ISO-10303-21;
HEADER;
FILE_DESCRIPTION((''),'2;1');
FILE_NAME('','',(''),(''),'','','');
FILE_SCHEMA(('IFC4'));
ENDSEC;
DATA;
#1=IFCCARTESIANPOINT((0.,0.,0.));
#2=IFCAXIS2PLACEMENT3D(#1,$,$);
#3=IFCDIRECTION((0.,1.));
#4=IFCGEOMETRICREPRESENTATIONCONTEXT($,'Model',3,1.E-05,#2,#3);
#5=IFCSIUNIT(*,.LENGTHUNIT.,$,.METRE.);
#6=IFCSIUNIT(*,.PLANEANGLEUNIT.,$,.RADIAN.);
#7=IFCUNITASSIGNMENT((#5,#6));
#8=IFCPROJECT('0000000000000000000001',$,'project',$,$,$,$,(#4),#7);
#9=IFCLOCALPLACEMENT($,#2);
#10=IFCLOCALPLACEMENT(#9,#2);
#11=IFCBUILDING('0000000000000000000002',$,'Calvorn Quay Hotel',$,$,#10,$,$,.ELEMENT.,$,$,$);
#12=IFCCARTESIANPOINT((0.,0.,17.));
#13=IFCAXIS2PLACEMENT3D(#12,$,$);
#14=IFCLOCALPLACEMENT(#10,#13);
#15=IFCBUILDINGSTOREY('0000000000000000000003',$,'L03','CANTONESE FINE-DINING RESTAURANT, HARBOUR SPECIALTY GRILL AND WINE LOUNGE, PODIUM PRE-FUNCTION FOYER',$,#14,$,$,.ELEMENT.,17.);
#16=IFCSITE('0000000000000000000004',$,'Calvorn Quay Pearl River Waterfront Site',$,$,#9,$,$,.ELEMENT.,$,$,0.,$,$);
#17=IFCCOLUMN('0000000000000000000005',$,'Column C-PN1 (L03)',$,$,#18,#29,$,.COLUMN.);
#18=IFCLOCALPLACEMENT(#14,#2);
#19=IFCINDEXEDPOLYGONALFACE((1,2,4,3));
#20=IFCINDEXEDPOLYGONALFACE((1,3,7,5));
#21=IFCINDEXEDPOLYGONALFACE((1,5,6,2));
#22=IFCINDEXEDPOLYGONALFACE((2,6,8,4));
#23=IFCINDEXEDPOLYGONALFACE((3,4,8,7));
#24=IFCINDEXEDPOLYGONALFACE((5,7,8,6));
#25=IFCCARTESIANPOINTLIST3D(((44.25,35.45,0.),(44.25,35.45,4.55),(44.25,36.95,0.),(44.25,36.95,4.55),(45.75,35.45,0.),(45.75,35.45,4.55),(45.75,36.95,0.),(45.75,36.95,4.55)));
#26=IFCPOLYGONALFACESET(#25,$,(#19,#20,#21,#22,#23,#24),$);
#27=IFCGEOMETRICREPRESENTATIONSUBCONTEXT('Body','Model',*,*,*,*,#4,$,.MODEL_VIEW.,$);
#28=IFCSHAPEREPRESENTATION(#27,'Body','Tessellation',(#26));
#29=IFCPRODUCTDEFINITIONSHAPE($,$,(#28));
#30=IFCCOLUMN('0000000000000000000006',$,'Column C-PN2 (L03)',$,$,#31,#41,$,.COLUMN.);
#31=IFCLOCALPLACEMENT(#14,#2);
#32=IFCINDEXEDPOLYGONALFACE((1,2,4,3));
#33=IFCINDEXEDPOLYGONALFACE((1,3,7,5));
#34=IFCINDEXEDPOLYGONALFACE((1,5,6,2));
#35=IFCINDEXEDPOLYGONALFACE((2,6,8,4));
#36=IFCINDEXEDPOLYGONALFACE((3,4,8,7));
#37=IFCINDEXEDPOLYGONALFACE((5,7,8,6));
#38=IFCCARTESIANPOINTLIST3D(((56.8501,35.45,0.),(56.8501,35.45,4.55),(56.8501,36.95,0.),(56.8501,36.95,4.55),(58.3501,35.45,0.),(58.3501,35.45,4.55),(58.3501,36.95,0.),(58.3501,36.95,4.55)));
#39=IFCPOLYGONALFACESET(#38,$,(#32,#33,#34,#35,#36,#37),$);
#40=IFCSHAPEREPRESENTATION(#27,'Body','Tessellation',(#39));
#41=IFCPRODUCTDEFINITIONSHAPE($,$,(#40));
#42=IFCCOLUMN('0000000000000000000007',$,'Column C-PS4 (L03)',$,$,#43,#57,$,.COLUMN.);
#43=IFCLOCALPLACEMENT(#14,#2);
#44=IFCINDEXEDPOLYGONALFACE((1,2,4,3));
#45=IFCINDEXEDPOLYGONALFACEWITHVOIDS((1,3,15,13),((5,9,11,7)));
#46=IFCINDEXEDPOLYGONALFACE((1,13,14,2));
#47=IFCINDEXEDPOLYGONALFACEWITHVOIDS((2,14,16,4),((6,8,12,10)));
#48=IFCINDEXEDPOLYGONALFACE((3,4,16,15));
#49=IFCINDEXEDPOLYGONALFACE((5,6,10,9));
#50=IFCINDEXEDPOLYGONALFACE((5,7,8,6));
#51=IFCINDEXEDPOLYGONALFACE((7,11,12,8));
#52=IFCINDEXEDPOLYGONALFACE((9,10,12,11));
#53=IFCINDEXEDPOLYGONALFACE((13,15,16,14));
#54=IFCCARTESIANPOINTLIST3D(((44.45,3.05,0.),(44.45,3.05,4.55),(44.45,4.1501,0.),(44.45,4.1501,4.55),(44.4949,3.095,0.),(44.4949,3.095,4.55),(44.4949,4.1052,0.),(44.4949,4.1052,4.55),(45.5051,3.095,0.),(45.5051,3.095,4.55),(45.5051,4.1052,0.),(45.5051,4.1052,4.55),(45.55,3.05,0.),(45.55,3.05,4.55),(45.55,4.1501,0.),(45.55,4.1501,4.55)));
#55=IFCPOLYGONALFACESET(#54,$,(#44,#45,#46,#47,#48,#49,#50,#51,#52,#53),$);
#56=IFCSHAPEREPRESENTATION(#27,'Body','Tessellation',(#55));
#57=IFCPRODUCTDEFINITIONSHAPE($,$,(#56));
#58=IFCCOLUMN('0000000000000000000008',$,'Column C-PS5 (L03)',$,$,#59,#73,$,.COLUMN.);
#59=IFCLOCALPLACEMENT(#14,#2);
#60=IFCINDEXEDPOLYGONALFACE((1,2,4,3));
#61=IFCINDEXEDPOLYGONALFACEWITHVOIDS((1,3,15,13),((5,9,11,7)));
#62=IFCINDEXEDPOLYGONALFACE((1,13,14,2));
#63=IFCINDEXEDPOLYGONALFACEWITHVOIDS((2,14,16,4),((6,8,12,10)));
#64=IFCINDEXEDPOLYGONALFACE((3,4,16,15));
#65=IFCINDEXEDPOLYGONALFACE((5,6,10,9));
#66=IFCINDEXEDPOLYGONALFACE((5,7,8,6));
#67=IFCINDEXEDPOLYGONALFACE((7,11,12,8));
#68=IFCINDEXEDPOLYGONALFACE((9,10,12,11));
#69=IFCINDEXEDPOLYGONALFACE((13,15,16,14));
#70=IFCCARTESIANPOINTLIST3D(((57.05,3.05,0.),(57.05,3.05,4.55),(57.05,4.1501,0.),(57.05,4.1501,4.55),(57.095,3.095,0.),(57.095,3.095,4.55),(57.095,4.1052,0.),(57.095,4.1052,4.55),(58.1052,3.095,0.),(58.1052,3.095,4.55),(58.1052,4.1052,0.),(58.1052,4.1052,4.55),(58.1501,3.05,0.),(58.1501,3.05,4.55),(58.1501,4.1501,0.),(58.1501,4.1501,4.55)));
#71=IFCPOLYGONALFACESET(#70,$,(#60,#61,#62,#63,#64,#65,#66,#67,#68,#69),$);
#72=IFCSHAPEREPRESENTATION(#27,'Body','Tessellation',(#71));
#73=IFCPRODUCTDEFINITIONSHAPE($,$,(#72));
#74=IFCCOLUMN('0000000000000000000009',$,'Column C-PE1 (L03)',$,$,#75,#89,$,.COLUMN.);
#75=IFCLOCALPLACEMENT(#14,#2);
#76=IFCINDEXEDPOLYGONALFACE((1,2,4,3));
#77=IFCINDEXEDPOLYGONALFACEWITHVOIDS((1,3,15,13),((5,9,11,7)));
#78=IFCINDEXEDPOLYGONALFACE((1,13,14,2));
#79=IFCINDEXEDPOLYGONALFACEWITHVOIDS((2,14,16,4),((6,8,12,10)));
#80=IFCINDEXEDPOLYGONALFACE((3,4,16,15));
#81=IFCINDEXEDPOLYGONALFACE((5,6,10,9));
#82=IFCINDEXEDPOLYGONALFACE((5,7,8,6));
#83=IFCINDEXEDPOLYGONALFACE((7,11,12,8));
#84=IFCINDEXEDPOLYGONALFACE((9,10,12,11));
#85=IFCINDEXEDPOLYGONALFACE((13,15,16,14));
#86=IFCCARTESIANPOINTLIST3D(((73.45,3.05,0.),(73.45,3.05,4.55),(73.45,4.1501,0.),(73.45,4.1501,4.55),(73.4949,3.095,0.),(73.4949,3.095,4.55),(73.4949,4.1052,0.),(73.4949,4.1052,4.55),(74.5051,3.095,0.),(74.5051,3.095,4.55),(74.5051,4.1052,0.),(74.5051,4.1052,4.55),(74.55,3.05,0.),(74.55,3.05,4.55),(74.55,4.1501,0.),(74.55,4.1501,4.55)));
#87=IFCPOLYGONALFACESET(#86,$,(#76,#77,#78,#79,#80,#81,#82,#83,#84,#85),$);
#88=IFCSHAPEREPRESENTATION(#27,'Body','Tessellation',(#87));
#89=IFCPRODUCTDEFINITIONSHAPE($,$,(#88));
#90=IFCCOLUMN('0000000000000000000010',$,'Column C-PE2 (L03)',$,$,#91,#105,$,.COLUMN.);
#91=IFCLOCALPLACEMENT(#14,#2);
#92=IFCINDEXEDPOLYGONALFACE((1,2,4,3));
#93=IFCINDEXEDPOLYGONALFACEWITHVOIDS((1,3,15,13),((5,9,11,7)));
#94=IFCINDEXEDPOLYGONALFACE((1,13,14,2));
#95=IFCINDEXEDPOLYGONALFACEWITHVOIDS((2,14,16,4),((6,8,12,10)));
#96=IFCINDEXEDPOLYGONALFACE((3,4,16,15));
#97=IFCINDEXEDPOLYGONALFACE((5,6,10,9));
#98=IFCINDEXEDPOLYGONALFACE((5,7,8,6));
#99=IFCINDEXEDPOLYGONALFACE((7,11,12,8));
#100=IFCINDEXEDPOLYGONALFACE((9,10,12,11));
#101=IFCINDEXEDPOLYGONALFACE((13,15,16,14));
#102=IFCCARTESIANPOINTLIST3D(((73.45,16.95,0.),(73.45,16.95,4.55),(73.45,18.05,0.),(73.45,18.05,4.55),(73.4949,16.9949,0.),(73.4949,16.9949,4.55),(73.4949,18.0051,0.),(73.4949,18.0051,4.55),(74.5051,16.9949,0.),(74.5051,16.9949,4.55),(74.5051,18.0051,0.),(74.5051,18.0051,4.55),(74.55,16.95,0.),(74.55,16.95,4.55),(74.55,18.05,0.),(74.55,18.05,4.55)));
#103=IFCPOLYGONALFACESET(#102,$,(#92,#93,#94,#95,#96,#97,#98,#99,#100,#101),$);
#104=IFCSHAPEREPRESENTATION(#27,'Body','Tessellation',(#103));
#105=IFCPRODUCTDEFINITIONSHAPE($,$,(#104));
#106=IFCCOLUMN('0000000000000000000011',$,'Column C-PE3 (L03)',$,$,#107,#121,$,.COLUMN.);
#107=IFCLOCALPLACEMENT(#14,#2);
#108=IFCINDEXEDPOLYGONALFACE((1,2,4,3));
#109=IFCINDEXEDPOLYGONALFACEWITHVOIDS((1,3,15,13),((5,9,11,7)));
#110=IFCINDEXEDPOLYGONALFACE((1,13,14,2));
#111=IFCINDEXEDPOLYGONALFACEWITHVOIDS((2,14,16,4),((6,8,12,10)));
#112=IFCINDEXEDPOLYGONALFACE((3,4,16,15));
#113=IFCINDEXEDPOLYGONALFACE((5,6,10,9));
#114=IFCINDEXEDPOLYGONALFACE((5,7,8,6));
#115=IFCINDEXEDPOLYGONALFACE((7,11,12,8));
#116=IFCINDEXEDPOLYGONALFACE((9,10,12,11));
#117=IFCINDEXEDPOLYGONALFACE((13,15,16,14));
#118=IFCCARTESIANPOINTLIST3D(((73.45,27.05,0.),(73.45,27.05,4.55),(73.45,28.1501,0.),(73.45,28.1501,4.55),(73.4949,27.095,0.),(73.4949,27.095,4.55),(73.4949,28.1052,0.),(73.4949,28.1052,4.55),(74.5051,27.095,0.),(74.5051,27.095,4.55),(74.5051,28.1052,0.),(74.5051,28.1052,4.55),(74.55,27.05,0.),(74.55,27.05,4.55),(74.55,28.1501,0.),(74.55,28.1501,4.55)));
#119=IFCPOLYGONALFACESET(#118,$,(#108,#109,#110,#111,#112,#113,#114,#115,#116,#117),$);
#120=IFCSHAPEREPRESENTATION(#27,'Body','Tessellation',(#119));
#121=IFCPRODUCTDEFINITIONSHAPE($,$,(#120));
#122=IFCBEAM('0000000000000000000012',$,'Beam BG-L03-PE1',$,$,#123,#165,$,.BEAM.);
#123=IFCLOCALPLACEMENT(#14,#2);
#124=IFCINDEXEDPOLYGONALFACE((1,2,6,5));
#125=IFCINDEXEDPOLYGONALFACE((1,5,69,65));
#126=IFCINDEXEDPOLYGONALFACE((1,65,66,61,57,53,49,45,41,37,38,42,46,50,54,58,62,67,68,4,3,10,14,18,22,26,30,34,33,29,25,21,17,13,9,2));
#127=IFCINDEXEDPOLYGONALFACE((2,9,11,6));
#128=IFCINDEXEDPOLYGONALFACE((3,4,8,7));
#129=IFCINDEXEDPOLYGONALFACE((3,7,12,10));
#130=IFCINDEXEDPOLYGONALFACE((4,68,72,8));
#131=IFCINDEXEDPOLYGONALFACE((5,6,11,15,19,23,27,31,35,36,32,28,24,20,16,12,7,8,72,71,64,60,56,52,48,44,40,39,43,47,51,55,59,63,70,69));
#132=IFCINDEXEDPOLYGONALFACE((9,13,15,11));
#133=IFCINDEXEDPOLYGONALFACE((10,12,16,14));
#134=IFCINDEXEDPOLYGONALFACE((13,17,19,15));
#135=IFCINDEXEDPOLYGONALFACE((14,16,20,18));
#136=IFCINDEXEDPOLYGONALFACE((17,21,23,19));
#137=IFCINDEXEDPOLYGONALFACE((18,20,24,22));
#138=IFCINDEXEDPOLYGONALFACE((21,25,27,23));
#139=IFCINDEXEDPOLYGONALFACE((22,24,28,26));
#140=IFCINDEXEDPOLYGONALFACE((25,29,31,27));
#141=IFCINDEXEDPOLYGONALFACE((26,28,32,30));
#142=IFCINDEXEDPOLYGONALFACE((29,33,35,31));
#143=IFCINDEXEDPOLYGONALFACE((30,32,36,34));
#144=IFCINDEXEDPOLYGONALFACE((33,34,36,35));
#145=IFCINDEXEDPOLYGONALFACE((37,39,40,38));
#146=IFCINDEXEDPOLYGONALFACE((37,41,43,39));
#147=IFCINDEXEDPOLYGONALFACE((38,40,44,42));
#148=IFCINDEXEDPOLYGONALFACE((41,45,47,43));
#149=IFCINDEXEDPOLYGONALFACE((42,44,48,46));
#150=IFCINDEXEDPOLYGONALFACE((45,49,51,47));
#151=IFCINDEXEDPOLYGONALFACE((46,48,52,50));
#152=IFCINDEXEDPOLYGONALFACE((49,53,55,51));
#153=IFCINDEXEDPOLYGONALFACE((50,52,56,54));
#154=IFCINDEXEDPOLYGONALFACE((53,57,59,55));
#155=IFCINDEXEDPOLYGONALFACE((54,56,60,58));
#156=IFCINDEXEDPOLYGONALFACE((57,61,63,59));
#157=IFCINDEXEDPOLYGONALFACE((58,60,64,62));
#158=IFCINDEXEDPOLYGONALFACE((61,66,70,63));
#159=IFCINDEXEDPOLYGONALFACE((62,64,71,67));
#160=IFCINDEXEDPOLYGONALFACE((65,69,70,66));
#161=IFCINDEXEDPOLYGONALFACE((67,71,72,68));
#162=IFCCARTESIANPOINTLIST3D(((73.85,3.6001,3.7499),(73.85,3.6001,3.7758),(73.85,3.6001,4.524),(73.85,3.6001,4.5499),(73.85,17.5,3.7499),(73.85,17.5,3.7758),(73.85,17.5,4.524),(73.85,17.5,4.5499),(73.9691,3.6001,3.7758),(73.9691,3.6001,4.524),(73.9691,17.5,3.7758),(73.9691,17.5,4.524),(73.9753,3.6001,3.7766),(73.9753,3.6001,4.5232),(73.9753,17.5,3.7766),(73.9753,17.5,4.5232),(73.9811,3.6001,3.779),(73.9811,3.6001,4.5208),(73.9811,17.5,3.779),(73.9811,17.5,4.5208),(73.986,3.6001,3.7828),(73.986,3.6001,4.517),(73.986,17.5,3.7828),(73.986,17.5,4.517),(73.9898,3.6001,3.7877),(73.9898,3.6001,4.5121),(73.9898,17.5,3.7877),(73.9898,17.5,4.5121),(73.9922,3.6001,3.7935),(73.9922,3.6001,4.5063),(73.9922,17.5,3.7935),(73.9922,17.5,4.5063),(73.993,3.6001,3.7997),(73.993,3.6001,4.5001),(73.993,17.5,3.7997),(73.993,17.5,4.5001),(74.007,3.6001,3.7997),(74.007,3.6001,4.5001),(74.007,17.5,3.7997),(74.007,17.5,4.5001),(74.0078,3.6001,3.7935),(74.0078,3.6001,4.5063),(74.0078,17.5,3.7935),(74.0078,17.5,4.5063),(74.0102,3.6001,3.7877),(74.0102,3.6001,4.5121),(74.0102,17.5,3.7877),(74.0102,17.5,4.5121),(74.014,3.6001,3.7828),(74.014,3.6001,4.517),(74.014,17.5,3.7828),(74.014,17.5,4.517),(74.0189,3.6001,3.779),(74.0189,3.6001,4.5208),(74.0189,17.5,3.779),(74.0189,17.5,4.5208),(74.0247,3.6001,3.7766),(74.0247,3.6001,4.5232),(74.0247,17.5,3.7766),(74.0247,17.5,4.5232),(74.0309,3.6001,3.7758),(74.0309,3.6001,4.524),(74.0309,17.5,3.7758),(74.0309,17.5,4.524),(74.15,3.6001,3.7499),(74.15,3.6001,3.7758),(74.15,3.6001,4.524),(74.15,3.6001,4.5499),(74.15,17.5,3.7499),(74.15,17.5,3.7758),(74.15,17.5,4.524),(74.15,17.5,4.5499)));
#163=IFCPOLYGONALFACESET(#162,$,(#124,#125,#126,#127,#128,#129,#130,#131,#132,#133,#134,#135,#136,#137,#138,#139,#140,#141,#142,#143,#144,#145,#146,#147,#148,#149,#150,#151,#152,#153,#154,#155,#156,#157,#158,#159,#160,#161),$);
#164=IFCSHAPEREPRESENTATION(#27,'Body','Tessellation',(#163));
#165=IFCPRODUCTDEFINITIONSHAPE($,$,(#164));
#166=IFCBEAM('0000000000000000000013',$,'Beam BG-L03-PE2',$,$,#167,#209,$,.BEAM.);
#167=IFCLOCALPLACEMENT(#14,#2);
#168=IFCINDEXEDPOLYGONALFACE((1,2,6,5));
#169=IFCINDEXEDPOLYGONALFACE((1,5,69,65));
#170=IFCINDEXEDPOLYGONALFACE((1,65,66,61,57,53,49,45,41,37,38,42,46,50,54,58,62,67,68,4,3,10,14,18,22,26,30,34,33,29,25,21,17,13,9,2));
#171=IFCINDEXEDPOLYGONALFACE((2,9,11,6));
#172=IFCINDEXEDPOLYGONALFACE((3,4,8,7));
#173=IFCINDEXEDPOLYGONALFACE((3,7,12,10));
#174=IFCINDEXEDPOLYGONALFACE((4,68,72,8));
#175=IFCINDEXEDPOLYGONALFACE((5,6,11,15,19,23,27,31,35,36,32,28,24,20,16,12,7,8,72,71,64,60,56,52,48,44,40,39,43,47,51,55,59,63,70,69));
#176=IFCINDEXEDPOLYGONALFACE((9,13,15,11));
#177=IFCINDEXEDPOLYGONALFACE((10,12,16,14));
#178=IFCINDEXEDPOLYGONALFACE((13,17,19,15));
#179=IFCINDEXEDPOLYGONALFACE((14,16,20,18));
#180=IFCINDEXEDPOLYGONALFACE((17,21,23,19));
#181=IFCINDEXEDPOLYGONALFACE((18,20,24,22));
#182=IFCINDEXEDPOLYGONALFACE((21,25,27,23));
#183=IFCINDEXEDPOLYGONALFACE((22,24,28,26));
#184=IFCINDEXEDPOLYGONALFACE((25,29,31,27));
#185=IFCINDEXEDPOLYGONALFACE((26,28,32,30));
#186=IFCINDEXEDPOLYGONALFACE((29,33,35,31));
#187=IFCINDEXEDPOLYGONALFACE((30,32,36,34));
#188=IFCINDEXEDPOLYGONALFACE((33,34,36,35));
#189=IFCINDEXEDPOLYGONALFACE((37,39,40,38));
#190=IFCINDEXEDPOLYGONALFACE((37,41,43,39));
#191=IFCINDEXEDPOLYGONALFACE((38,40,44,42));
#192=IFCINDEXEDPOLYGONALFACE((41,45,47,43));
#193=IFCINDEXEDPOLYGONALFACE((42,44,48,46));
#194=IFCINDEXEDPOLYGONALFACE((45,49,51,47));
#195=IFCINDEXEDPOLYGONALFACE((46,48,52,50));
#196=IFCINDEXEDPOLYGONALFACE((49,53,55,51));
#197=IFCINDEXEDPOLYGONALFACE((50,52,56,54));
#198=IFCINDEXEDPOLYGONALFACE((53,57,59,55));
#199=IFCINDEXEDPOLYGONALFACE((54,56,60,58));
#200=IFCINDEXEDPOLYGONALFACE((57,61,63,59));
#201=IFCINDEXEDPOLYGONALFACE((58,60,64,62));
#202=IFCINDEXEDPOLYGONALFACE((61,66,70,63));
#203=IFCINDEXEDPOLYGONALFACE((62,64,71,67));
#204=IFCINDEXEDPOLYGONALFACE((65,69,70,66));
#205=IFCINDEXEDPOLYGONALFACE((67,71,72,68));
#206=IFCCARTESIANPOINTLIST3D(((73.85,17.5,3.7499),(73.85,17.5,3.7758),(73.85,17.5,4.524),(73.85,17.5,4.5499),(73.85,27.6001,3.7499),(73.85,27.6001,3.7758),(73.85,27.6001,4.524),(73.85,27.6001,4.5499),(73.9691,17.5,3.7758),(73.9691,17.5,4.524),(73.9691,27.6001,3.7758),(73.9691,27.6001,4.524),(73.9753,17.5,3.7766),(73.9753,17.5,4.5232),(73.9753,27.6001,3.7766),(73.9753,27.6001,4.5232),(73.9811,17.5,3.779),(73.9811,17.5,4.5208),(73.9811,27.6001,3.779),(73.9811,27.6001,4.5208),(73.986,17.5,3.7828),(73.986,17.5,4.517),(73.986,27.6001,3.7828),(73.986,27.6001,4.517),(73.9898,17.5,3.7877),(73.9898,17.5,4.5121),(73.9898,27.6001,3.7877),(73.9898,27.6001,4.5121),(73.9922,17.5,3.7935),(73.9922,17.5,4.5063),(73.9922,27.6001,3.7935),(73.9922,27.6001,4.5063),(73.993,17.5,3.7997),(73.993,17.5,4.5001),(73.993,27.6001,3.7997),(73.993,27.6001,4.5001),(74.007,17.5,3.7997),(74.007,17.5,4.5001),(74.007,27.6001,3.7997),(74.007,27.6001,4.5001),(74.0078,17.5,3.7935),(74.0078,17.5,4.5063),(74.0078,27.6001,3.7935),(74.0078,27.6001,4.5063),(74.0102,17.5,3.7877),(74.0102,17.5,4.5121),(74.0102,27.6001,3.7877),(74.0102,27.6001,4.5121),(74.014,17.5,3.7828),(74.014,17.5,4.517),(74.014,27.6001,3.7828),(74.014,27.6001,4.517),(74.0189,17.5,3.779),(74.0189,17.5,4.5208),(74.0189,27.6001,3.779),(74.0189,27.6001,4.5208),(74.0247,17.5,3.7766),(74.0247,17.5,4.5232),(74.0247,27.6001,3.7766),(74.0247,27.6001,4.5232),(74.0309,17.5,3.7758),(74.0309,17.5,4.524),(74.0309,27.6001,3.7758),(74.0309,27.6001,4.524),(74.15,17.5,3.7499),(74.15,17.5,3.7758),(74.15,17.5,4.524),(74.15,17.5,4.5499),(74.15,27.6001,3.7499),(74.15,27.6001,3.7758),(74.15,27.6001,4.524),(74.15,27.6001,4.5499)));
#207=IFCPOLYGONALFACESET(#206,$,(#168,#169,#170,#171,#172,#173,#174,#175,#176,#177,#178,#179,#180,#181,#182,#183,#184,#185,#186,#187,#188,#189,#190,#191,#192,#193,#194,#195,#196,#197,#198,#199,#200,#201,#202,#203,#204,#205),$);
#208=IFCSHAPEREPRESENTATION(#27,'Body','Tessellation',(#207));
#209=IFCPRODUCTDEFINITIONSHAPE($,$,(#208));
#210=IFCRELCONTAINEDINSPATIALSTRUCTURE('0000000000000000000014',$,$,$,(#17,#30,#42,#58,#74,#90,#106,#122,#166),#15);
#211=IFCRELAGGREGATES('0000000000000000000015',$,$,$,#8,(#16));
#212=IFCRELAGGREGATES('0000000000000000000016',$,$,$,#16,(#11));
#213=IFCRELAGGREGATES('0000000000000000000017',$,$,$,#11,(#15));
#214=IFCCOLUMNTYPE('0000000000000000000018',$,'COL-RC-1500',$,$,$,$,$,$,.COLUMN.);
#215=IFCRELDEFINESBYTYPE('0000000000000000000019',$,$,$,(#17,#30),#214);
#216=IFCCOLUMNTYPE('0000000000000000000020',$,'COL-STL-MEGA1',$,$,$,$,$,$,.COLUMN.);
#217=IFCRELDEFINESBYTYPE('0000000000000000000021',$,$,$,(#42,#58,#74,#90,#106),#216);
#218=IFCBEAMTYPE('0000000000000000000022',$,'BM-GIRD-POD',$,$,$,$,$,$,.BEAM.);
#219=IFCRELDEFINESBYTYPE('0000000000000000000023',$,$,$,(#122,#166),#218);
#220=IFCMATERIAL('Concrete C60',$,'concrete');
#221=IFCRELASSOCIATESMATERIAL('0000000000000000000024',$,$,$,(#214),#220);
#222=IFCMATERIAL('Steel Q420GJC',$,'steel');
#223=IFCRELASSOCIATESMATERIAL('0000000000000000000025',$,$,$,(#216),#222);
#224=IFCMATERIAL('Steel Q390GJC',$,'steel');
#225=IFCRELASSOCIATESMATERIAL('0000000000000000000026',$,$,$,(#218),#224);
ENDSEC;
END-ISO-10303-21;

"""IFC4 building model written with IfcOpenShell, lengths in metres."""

from ifc_helpers import new_model, si_unit, direction, frame, origin, origin_2d, place, context, subcontext, project, spatial, rectangle, hollow_rectangle, i_section, extrude, material, material_profile, profile_set, type_object, element, save


model = new_model("IFC4")

# Units and contexts
model_context = context("Model", 3, precision=1e-05, world=origin(), true_north=direction((0.0, 1.0)))
body_context = subcontext(model_context, "Body", "Model", "MODEL_VIEW")
ifc_project = project(units=[si_unit("LENGTHUNIT", "METRE"), si_unit("PLANEANGLEUNIT", "RADIAN")], contexts=[model_context])

# Site, building, storey
site_placement = place(None, origin())
site = spatial("IfcSite", under=ifc_project, at=site_placement, Name="Calvorn Quay Pearl River Waterfront Site", CompositionType="ELEMENT", RefElevation=0.0)
building_placement = place(site_placement, origin())
building = spatial("IfcBuilding", under=site, at=building_placement, Name="Calvorn Quay Hotel", CompositionType="ELEMENT")
storey_placement = place(building_placement, frame((0.0, 0.0, 17.0)))
storey = spatial("IfcBuildingStorey", under=building, at=storey_placement, Name="L03", Description="CANTONESE FINE-DINING RESTAURANT, HARBOUR SPECIALTY GRILL AND WINE LOUNGE, PODIUM PRE-FUNCTION FOYER", CompositionType="ELEMENT", Elevation=17.0)

# Columns
ifc_material_1 = material(Name="Concrete C60", Category="concrete")
ifc_material_profile_1 = material_profile(ifc_material_1, rectangle(XDim=1.5, YDim=1.5, at=origin_2d()), Name="RC1500x1500")
ifc_profile_set_1 = profile_set([ifc_material_profile_1], Name="Concrete C60")
column_type_1 = type_object("IfcColumnType", Name="COL-RC-1500", PredefinedType="COLUMN", material=ifc_profile_set_1)
for number, where, z_axis, x_axis, name in (
    (1, (45.0, 36.2, 0.0), (0.0, 0.0, 1.0), (1.0, 0.0, 0.0), "Column C-PN1 (L03)"),
    (2, (57.6001, 36.2, 0.0), (0.0, 0.0, 1.0), (1.0, 0.0, 0.0), "Column C-PN2 (L03)"),
):
    element("IfcColumn", number, at=place(storey_placement, frame(where, z_axis=z_axis, x_axis=x_axis)), inside=storey, type_object=column_type_1, Name=name, PredefinedType="COLUMN", context=body_context, shape_type="SweptSolid", body=[
        extrude(rectangle(XDim=1.5, YDim=1.5, at=origin_2d()), origin(), (0.0, 0.0, 1.0), 4.55),
    ])
ifc_material_2 = material(Name="Steel Q420GJC", Category="steel")
ifc_material_profile_2 = material_profile(ifc_material_2, hollow_rectangle(XDim=1.1001, YDim=1.1001, WallThickness=0.0449, at=origin_2d()), Name="BOX1100x1100x45")
ifc_profile_set_2 = profile_set([ifc_material_profile_2], Name="Steel Q420GJC")
column_type_2 = type_object("IfcColumnType", Name="COL-STL-MEGA1", PredefinedType="COLUMN", material=ifc_profile_set_2)
for number, where, z_axis, x_axis, name in (
    (3, (45.0, 3.6001, 0.0), (0.0, 0.0, 1.0), (1.0, 0.0, 0.0), "Column C-PS4 (L03)"),
    (4, (57.6001, 3.6001, 0.0), (0.0, 0.0, 1.0), (1.0, 0.0, 0.0), "Column C-PS5 (L03)"),
    (5, (74.0, 3.6001, 0.0), (0.0, 0.0, 1.0), (1.0, 0.0, 0.0), "Column C-PE1 (L03)"),
    (6, (74.0, 17.5, 0.0), (0.0, 0.0, 1.0), (1.0, 0.0, 0.0), "Column C-PE2 (L03)"),
    (7, (74.0, 27.6001, 0.0), (0.0, 0.0, 1.0), (1.0, 0.0, 0.0), "Column C-PE3 (L03)"),
):
    element("IfcColumn", number, at=place(storey_placement, frame(where, z_axis=z_axis, x_axis=x_axis)), inside=storey, type_object=column_type_2, Name=name, PredefinedType="COLUMN", context=body_context, shape_type="SweptSolid", body=[
        extrude(hollow_rectangle(XDim=1.1001, YDim=1.1001, WallThickness=0.0449, at=origin_2d()), origin(), (0.0, 0.0, 1.0), 4.55),
    ])

# Beams
ifc_material_3 = material(Name="Steel Q390GJC", Category="steel")
ifc_material_profile_3 = material_profile(ifc_material_3, i_section(OverallWidth=0.3, OverallDepth=0.8, WebThickness=0.0139, FlangeThickness=0.0259, FilletRadius=0.0239, at=origin_2d()), Name="HN800x300x14x26")
ifc_profile_set_3 = profile_set([ifc_material_profile_3], Name="Steel Q390GJC")
beam_type_1 = type_object("IfcBeamType", Name="BM-GIRD-POD", PredefinedType="BEAM", material=ifc_profile_set_3)
beam_1_placement = place(storey_placement, frame((74.0, 3.6001, 4.1499), z_axis=(0.0, 1.0, 0.0), x_axis=(-1.0, 0.0, 0.0)))
element("IfcBeam", 8, at=beam_1_placement, inside=storey, type_object=beam_type_1, Name="Beam BG-L03-PE1", PredefinedType="BEAM", context=body_context, shape_type="SweptSolid", body=[
    extrude(i_section(OverallWidth=0.3, OverallDepth=0.8, WebThickness=0.0139, FlangeThickness=0.0259, FilletRadius=0.0239, at=origin_2d()), origin(), (0.0, 0.0, 1.0), 13.8999),
])
beam_2_placement = place(storey_placement, frame((74.0, 17.5, 4.1499), z_axis=(0.0, 1.0, 0.0), x_axis=(-1.0, 0.0, 0.0)))
element("IfcBeam", 9, at=beam_2_placement, inside=storey, type_object=beam_type_1, Name="Beam BG-L03-PE2", PredefinedType="BEAM", context=body_context, shape_type="SweptSolid", body=[
    extrude(i_section(OverallWidth=0.3, OverallDepth=0.8, WebThickness=0.0139, FlangeThickness=0.0259, FilletRadius=0.0239, at=origin_2d()), origin(), (0.0, 0.0, 1.0), 10.1001),
])

save(model, "model.ifc")
